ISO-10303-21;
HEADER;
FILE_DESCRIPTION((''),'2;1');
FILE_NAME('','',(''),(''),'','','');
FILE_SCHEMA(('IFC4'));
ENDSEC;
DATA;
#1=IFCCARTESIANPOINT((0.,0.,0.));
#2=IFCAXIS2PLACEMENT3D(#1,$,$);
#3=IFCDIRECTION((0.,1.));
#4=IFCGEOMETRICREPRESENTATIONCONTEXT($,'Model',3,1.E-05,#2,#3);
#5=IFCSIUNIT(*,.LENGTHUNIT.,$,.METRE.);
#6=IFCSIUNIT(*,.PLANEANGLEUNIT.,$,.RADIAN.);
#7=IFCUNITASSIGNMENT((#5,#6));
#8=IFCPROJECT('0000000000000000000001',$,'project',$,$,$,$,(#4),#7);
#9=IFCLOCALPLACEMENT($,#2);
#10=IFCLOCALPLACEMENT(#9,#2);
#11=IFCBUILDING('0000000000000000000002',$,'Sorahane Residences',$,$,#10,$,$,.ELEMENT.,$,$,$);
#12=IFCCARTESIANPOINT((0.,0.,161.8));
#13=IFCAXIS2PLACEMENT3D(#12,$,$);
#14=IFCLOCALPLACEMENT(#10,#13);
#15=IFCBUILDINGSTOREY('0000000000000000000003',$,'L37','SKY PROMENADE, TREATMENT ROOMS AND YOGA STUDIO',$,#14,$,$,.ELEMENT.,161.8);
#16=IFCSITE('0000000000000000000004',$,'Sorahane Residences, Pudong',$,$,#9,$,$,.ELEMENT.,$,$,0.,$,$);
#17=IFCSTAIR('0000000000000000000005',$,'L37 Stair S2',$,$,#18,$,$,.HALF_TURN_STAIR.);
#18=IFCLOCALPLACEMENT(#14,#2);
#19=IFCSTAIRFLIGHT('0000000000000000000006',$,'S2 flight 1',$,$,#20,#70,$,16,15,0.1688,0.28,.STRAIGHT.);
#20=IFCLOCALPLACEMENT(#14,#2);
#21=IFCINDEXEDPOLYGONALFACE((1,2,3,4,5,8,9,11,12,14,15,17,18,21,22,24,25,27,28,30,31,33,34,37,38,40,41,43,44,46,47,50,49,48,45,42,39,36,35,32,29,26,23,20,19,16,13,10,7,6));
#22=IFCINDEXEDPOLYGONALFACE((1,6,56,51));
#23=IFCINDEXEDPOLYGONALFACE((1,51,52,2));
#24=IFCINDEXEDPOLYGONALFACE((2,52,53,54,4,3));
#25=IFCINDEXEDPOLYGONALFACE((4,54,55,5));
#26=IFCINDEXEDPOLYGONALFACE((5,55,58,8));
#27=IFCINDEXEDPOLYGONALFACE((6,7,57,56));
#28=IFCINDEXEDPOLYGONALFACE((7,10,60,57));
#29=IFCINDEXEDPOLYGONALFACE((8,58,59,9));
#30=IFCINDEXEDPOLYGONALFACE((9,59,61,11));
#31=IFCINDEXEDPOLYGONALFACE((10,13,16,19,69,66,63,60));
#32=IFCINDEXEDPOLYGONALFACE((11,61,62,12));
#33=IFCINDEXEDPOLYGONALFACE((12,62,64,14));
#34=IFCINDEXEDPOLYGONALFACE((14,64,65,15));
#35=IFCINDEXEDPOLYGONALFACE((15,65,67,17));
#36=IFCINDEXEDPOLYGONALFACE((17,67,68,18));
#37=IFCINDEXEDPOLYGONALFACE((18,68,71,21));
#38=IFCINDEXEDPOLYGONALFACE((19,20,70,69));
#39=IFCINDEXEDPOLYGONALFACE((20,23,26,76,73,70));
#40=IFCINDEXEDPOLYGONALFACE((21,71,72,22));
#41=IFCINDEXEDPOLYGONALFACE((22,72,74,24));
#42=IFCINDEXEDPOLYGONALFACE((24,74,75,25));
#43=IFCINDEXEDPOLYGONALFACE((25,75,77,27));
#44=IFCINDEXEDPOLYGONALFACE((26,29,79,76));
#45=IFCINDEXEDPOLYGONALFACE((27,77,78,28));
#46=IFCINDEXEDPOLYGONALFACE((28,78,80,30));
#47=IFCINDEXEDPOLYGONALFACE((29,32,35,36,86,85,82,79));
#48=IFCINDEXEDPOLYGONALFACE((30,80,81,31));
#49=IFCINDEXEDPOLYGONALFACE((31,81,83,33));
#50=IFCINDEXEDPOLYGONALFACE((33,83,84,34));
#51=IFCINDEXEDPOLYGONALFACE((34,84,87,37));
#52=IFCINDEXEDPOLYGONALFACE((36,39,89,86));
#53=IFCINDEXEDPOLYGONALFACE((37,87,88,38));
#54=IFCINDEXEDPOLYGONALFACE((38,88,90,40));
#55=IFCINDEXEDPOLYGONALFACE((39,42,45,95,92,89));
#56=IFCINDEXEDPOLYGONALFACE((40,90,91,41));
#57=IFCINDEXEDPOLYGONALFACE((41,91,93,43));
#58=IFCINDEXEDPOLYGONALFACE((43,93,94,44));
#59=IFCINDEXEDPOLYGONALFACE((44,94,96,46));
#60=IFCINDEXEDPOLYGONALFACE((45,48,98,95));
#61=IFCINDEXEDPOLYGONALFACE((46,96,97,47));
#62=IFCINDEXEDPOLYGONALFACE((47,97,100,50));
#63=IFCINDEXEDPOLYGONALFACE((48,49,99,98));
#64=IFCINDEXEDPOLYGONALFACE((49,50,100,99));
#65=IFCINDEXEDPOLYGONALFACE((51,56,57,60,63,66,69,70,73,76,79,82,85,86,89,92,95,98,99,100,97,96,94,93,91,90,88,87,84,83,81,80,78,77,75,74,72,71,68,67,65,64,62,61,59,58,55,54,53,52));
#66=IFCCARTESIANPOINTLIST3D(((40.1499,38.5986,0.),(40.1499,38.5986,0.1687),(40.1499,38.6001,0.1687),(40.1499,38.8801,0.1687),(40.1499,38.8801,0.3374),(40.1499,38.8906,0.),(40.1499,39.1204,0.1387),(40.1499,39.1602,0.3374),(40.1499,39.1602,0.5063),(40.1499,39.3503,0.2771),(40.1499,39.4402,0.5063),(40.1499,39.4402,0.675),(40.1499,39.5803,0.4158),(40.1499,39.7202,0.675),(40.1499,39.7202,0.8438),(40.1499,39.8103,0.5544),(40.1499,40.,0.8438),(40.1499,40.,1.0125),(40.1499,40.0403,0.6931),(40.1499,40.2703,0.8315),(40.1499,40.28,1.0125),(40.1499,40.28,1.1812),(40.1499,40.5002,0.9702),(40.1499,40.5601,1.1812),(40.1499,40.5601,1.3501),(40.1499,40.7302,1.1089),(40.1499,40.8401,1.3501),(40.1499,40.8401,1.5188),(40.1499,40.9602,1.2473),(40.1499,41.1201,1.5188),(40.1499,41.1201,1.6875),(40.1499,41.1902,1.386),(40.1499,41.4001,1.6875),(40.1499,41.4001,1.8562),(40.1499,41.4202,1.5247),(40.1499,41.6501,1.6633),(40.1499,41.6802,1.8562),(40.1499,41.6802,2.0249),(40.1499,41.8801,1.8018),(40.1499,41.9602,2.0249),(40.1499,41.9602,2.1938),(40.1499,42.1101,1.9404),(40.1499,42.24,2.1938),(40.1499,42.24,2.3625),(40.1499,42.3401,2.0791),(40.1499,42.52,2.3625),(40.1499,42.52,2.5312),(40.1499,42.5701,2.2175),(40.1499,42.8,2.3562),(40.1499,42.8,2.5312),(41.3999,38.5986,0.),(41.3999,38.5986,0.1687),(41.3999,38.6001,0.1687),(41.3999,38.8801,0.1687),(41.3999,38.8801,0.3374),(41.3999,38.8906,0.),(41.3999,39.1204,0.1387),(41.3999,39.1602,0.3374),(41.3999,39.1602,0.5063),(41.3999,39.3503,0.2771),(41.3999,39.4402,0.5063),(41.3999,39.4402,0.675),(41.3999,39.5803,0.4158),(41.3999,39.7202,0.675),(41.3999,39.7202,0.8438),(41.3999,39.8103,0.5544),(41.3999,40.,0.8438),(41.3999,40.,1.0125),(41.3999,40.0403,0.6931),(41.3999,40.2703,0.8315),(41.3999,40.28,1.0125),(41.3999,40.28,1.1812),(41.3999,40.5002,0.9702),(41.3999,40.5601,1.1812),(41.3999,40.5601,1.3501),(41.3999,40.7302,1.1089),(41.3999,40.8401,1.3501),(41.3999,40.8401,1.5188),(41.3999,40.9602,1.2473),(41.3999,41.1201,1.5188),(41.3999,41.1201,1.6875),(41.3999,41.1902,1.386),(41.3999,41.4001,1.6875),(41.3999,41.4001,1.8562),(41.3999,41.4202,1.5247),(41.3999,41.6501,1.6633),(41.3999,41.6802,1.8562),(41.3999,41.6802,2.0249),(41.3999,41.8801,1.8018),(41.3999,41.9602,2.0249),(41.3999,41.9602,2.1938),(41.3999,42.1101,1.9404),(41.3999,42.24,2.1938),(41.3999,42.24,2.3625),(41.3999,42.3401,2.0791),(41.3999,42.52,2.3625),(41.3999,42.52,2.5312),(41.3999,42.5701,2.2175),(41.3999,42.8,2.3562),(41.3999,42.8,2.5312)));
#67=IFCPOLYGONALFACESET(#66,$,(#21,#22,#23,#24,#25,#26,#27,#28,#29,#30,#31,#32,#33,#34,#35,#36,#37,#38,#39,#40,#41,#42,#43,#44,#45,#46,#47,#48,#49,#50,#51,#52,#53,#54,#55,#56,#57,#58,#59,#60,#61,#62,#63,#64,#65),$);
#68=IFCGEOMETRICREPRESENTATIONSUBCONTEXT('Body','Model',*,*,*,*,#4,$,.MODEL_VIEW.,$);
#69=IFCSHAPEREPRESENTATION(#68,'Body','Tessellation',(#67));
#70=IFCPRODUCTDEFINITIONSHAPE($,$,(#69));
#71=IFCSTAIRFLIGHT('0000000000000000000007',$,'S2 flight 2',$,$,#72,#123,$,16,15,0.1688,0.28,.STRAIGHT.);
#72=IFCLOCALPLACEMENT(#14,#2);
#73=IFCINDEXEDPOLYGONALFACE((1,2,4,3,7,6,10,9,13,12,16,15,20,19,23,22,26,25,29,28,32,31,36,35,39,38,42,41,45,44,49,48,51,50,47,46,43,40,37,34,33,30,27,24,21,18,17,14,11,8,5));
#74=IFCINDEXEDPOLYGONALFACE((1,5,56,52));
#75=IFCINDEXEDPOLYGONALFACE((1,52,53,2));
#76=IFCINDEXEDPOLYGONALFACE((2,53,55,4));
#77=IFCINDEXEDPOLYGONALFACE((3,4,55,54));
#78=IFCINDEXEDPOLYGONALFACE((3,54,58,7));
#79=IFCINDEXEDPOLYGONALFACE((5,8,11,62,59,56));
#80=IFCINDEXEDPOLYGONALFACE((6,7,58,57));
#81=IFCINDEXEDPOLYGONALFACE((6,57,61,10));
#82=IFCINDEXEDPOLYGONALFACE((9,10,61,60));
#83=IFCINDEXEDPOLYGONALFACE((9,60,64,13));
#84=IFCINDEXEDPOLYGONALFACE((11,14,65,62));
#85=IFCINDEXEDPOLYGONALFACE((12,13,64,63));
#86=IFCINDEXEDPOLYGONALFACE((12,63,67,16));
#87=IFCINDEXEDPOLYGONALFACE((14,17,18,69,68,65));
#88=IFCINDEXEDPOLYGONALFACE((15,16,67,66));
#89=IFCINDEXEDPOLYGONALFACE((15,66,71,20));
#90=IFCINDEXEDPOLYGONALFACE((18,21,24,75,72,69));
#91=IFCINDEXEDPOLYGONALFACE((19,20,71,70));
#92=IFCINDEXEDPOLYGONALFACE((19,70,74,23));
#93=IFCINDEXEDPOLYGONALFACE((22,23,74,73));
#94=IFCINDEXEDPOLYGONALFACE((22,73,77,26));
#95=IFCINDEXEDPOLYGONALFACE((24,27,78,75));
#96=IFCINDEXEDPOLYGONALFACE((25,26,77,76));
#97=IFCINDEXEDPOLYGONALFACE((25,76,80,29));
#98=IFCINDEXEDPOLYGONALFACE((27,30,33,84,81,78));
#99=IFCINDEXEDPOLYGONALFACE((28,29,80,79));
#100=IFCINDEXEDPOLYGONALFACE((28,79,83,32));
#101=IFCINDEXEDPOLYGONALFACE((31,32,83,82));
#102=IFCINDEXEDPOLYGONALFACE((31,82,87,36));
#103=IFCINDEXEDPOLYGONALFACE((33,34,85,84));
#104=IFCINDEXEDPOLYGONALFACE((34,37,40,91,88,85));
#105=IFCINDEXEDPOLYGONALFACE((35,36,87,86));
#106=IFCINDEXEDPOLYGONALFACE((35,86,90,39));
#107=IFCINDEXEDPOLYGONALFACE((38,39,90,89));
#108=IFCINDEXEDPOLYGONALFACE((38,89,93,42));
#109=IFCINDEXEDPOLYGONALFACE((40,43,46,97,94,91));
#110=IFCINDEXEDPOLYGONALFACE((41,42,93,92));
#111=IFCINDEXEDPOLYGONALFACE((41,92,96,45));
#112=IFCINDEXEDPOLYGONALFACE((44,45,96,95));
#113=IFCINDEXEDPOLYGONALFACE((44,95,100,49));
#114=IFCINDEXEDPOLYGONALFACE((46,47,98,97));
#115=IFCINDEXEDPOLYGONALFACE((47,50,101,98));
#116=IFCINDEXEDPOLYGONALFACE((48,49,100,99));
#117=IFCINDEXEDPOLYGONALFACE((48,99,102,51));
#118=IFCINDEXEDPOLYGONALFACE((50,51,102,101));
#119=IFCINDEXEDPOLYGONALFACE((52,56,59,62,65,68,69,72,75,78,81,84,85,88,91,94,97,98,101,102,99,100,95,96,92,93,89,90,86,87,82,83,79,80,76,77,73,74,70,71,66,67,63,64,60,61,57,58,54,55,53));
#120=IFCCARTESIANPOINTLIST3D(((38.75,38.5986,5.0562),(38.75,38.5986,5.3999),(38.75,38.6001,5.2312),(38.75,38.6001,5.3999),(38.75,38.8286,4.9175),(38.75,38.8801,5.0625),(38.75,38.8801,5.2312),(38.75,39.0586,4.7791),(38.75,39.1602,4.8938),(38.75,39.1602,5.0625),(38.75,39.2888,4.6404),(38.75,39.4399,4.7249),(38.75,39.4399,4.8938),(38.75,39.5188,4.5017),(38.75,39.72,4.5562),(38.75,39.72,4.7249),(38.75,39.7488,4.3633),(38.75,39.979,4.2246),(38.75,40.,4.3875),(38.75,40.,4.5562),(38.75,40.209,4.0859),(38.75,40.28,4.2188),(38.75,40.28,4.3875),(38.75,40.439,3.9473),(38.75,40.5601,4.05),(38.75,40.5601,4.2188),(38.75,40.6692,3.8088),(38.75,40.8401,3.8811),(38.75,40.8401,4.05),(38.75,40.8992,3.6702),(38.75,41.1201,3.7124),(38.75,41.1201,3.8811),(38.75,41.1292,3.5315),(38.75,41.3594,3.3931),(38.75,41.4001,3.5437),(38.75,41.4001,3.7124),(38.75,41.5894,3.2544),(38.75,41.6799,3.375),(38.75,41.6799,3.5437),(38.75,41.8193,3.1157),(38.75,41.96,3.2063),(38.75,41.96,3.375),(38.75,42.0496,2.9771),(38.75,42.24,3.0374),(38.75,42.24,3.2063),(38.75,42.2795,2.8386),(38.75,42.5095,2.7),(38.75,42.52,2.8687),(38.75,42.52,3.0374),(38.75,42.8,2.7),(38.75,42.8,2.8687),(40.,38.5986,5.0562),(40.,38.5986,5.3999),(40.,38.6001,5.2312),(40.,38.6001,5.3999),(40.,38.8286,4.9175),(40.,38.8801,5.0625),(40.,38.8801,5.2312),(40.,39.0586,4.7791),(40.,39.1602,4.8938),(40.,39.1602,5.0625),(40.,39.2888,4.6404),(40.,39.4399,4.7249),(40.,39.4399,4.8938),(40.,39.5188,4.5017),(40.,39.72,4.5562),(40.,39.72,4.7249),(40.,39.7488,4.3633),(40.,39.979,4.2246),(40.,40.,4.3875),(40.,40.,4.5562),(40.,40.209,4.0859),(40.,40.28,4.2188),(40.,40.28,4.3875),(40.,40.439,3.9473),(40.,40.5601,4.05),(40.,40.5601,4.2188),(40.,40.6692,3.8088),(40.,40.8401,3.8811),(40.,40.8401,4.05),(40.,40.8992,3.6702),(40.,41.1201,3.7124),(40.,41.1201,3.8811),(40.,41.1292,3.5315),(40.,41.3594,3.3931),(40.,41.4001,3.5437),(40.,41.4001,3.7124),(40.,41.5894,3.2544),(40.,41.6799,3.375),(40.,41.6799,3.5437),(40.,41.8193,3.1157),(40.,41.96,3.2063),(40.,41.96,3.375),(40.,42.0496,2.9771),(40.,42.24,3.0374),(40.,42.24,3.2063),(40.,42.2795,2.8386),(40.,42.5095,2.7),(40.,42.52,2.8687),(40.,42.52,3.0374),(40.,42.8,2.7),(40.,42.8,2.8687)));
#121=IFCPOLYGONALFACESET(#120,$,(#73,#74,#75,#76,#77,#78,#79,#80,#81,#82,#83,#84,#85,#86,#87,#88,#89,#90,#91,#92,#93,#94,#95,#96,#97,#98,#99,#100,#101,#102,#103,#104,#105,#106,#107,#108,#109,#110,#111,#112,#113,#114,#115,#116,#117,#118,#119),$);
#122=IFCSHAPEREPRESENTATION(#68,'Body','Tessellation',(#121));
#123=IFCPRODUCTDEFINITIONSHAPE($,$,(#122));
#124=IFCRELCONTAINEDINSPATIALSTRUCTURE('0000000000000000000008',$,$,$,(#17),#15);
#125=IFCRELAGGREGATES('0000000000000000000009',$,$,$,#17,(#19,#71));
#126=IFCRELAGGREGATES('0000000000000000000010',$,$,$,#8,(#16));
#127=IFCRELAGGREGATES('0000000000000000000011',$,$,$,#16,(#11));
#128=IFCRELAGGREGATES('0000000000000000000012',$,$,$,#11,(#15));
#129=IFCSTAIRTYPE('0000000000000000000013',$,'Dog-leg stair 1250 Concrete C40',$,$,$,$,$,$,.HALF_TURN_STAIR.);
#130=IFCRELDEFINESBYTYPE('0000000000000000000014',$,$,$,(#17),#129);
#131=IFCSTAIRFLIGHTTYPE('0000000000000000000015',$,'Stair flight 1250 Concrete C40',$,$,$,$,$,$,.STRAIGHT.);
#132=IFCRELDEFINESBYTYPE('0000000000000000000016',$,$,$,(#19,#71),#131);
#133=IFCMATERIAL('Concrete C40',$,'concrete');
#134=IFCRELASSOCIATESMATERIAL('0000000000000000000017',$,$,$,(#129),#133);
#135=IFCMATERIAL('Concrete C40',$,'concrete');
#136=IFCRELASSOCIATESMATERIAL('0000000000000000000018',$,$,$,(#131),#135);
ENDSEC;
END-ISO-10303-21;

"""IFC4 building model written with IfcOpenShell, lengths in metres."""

from ifc_helpers import new_model, si_unit, direction, frame, origin, place, context, subcontext, project, spatial, polyline, outline, extrude, material, type_object, element, aggregate, save


model = new_model("IFC4")

# Units and contexts
model_context = context("Model", 3, precision=1e-05, world=origin(), true_north=direction((0.0, 1.0)))
body_context = subcontext(model_context, "Body", "Model", "MODEL_VIEW")
ifc_project = project(units=[si_unit("LENGTHUNIT", "METRE"), si_unit("PLANEANGLEUNIT", "RADIAN")], contexts=[model_context])

# Site, building, storey
site_placement = place(None, origin())
site = spatial("IfcSite", under=ifc_project, at=site_placement, Name="Sorahane Residences, Pudong", CompositionType="ELEMENT", RefElevation=0.0)
building_placement = place(site_placement, origin())
building = spatial("IfcBuilding", under=site, at=building_placement, Name="Sorahane Residences", CompositionType="ELEMENT")
storey_placement = place(building_placement, frame((0.0, 0.0, 161.8)))
storey = spatial("IfcBuildingStorey", under=building, at=storey_placement, Name="L37", Description="SKY PROMENADE, TREATMENT ROOMS AND YOGA STUDIO", CompositionType="ELEMENT", Elevation=161.8)

# Stair, stair flights
ifc_material_1 = material(Name="Concrete C40", Category="concrete")
stair_type = type_object("IfcStairType", Name="Dog-leg stair 1250 Concrete C40", PredefinedType="HALF_TURN_STAIR", material=ifc_material_1)
stair_placement = place(storey_placement, origin())
stair = element("IfcStair", 1, at=stair_placement, inside=storey, type_object=stair_type, Name="L37 Stair S2", PredefinedType="HALF_TURN_STAIR")
ifc_material_2 = material(Name="Concrete C40", Category="concrete")
stair_flight_type = type_object("IfcStairFlightType", Name="Stair flight 1250 Concrete C40", PredefinedType="STRAIGHT", material=ifc_material_2)
stair_flight_1_placement = place(storey_placement, frame((40.7749, 38.6001, 0.0), z_axis=(0.0, 0.0, 1.0), x_axis=(0.0, 1.0, 0.0)))
stair_flight_1 = element("IfcStairFlight", 2, at=stair_flight_1_placement, type_object=stair_flight_type, Name="S2 flight 1", NumberOfRisers=16, NumberOfTreads=15, PredefinedType="STRAIGHT", RiserHeight=0.1688, TreadLength=0.28, context=body_context, shape_type="SweptSolid", body=[
    extrude(outline(polyline([(-0.0015, 0.0), (-0.0015, 0.1687), (0.0, 0.1687), (0.28, 0.1687), (0.28, 0.3374), (0.5601, 0.3374), (0.5601, 0.5063), (0.8401, 0.5063), (0.8401, 0.675), (1.1201, 0.675), (1.1201, 0.8438), (1.3999, 0.8438), (1.3999, 1.0125), (1.6799, 1.0125), (1.6799, 1.1812), (1.96, 1.1812), (1.96, 1.3501), (2.24, 1.3501), (2.24, 1.5188), (2.52, 1.5188), (2.52, 1.6875), (2.8, 1.6875), (2.8, 1.8562), (3.0801, 1.8562), (3.0801, 2.0249), (3.3601, 2.0249), (3.3601, 2.1938), (3.6399, 2.1938), (3.6399, 2.3625), (3.9199, 2.3625), (3.9199, 2.5312), (4.2, 2.5312), (4.2, 2.7), (4.2, 2.3562), (3.97, 2.2175), (3.74, 2.0791), (3.51, 1.9404), (3.28, 1.8018), (3.05, 1.6633), (2.8201, 1.5247), (2.5901, 1.386), (2.3601, 1.2473), (2.1301, 1.1089), (1.9001, 0.9702), (1.6702, 0.8315), (1.4402, 0.6931), (1.2102, 0.5544), (0.9802, 0.4158), (0.7502, 0.2771), (0.5203, 0.1387), (0.2905, 0.0), (-0.0015, 0.0)])), frame((0.0, 0.625, 0.0), z_axis=(0.0, -1.0, 0.0), x_axis=(1.0, 0.0, 0.0)), (0.0, 0.0, 1.0), 1.25),
])
stair_flight_2_placement = place(storey_placement, frame((39.375, 42.8, 2.7), z_axis=(0.0, 0.0, 1.0), x_axis=(0.0, -1.0, 0.0)))
stair_flight_2 = element("IfcStairFlight", 3, at=stair_flight_2_placement, type_object=stair_flight_type, Name="S2 flight 2", NumberOfRisers=16, NumberOfTreads=15, PredefinedType="STRAIGHT", RiserHeight=0.1688, TreadLength=0.28, context=body_context, shape_type="SweptSolid", body=[
    extrude(outline(polyline([(0.0, 0.0), (0.0, 0.1687), (0.28, 0.1687), (0.28, 0.3374), (0.5601, 0.3374), (0.5601, 0.5063), (0.8401, 0.5063), (0.8401, 0.675), (1.1201, 0.675), (1.1201, 0.8438), (1.3999, 0.8438), (1.3999, 1.0125), (1.6799, 1.0125), (1.6799, 1.1812), (1.96, 1.1812), (1.96, 1.3501), (2.24, 1.3501), (2.24, 1.5188), (2.52, 1.5188), (2.52, 1.6875), (2.8, 1.6875), (2.8, 1.8562), (3.0801, 1.8562), (3.0801, 2.0249), (3.3601, 2.0249), (3.3601, 2.1938), (3.6399, 2.1938), (3.6399, 2.3625), (3.9199, 2.3625), (3.9199, 2.5312), (4.2, 2.5312), (4.2, 2.7), (4.2014, 2.7), (4.2014, 2.3562), (3.9714, 2.2175), (3.7415, 2.0791), (3.5112, 1.9404), (3.2812, 1.8018), (3.0513, 1.6633), (2.821, 1.5247), (2.5911, 1.386), (2.3611, 1.2473), (2.1309, 1.1089), (1.9009, 0.9702), (1.6709, 0.8315), (1.4407, 0.6931), (1.2107, 0.5544), (0.9807, 0.4158), (0.7505, 0.2771), (0.5205, 0.1387), (0.2905, 0.0), (0.0, 0.0)])), frame((0.0, 0.625, 0.0), z_axis=(0.0, -1.0, 0.0), x_axis=(1.0, 0.0, 0.0)), (0.0, 0.0, 1.0), 1.25),
])
aggregate(stair, [stair_flight_1, stair_flight_2])

save(model, "model.ifc")
